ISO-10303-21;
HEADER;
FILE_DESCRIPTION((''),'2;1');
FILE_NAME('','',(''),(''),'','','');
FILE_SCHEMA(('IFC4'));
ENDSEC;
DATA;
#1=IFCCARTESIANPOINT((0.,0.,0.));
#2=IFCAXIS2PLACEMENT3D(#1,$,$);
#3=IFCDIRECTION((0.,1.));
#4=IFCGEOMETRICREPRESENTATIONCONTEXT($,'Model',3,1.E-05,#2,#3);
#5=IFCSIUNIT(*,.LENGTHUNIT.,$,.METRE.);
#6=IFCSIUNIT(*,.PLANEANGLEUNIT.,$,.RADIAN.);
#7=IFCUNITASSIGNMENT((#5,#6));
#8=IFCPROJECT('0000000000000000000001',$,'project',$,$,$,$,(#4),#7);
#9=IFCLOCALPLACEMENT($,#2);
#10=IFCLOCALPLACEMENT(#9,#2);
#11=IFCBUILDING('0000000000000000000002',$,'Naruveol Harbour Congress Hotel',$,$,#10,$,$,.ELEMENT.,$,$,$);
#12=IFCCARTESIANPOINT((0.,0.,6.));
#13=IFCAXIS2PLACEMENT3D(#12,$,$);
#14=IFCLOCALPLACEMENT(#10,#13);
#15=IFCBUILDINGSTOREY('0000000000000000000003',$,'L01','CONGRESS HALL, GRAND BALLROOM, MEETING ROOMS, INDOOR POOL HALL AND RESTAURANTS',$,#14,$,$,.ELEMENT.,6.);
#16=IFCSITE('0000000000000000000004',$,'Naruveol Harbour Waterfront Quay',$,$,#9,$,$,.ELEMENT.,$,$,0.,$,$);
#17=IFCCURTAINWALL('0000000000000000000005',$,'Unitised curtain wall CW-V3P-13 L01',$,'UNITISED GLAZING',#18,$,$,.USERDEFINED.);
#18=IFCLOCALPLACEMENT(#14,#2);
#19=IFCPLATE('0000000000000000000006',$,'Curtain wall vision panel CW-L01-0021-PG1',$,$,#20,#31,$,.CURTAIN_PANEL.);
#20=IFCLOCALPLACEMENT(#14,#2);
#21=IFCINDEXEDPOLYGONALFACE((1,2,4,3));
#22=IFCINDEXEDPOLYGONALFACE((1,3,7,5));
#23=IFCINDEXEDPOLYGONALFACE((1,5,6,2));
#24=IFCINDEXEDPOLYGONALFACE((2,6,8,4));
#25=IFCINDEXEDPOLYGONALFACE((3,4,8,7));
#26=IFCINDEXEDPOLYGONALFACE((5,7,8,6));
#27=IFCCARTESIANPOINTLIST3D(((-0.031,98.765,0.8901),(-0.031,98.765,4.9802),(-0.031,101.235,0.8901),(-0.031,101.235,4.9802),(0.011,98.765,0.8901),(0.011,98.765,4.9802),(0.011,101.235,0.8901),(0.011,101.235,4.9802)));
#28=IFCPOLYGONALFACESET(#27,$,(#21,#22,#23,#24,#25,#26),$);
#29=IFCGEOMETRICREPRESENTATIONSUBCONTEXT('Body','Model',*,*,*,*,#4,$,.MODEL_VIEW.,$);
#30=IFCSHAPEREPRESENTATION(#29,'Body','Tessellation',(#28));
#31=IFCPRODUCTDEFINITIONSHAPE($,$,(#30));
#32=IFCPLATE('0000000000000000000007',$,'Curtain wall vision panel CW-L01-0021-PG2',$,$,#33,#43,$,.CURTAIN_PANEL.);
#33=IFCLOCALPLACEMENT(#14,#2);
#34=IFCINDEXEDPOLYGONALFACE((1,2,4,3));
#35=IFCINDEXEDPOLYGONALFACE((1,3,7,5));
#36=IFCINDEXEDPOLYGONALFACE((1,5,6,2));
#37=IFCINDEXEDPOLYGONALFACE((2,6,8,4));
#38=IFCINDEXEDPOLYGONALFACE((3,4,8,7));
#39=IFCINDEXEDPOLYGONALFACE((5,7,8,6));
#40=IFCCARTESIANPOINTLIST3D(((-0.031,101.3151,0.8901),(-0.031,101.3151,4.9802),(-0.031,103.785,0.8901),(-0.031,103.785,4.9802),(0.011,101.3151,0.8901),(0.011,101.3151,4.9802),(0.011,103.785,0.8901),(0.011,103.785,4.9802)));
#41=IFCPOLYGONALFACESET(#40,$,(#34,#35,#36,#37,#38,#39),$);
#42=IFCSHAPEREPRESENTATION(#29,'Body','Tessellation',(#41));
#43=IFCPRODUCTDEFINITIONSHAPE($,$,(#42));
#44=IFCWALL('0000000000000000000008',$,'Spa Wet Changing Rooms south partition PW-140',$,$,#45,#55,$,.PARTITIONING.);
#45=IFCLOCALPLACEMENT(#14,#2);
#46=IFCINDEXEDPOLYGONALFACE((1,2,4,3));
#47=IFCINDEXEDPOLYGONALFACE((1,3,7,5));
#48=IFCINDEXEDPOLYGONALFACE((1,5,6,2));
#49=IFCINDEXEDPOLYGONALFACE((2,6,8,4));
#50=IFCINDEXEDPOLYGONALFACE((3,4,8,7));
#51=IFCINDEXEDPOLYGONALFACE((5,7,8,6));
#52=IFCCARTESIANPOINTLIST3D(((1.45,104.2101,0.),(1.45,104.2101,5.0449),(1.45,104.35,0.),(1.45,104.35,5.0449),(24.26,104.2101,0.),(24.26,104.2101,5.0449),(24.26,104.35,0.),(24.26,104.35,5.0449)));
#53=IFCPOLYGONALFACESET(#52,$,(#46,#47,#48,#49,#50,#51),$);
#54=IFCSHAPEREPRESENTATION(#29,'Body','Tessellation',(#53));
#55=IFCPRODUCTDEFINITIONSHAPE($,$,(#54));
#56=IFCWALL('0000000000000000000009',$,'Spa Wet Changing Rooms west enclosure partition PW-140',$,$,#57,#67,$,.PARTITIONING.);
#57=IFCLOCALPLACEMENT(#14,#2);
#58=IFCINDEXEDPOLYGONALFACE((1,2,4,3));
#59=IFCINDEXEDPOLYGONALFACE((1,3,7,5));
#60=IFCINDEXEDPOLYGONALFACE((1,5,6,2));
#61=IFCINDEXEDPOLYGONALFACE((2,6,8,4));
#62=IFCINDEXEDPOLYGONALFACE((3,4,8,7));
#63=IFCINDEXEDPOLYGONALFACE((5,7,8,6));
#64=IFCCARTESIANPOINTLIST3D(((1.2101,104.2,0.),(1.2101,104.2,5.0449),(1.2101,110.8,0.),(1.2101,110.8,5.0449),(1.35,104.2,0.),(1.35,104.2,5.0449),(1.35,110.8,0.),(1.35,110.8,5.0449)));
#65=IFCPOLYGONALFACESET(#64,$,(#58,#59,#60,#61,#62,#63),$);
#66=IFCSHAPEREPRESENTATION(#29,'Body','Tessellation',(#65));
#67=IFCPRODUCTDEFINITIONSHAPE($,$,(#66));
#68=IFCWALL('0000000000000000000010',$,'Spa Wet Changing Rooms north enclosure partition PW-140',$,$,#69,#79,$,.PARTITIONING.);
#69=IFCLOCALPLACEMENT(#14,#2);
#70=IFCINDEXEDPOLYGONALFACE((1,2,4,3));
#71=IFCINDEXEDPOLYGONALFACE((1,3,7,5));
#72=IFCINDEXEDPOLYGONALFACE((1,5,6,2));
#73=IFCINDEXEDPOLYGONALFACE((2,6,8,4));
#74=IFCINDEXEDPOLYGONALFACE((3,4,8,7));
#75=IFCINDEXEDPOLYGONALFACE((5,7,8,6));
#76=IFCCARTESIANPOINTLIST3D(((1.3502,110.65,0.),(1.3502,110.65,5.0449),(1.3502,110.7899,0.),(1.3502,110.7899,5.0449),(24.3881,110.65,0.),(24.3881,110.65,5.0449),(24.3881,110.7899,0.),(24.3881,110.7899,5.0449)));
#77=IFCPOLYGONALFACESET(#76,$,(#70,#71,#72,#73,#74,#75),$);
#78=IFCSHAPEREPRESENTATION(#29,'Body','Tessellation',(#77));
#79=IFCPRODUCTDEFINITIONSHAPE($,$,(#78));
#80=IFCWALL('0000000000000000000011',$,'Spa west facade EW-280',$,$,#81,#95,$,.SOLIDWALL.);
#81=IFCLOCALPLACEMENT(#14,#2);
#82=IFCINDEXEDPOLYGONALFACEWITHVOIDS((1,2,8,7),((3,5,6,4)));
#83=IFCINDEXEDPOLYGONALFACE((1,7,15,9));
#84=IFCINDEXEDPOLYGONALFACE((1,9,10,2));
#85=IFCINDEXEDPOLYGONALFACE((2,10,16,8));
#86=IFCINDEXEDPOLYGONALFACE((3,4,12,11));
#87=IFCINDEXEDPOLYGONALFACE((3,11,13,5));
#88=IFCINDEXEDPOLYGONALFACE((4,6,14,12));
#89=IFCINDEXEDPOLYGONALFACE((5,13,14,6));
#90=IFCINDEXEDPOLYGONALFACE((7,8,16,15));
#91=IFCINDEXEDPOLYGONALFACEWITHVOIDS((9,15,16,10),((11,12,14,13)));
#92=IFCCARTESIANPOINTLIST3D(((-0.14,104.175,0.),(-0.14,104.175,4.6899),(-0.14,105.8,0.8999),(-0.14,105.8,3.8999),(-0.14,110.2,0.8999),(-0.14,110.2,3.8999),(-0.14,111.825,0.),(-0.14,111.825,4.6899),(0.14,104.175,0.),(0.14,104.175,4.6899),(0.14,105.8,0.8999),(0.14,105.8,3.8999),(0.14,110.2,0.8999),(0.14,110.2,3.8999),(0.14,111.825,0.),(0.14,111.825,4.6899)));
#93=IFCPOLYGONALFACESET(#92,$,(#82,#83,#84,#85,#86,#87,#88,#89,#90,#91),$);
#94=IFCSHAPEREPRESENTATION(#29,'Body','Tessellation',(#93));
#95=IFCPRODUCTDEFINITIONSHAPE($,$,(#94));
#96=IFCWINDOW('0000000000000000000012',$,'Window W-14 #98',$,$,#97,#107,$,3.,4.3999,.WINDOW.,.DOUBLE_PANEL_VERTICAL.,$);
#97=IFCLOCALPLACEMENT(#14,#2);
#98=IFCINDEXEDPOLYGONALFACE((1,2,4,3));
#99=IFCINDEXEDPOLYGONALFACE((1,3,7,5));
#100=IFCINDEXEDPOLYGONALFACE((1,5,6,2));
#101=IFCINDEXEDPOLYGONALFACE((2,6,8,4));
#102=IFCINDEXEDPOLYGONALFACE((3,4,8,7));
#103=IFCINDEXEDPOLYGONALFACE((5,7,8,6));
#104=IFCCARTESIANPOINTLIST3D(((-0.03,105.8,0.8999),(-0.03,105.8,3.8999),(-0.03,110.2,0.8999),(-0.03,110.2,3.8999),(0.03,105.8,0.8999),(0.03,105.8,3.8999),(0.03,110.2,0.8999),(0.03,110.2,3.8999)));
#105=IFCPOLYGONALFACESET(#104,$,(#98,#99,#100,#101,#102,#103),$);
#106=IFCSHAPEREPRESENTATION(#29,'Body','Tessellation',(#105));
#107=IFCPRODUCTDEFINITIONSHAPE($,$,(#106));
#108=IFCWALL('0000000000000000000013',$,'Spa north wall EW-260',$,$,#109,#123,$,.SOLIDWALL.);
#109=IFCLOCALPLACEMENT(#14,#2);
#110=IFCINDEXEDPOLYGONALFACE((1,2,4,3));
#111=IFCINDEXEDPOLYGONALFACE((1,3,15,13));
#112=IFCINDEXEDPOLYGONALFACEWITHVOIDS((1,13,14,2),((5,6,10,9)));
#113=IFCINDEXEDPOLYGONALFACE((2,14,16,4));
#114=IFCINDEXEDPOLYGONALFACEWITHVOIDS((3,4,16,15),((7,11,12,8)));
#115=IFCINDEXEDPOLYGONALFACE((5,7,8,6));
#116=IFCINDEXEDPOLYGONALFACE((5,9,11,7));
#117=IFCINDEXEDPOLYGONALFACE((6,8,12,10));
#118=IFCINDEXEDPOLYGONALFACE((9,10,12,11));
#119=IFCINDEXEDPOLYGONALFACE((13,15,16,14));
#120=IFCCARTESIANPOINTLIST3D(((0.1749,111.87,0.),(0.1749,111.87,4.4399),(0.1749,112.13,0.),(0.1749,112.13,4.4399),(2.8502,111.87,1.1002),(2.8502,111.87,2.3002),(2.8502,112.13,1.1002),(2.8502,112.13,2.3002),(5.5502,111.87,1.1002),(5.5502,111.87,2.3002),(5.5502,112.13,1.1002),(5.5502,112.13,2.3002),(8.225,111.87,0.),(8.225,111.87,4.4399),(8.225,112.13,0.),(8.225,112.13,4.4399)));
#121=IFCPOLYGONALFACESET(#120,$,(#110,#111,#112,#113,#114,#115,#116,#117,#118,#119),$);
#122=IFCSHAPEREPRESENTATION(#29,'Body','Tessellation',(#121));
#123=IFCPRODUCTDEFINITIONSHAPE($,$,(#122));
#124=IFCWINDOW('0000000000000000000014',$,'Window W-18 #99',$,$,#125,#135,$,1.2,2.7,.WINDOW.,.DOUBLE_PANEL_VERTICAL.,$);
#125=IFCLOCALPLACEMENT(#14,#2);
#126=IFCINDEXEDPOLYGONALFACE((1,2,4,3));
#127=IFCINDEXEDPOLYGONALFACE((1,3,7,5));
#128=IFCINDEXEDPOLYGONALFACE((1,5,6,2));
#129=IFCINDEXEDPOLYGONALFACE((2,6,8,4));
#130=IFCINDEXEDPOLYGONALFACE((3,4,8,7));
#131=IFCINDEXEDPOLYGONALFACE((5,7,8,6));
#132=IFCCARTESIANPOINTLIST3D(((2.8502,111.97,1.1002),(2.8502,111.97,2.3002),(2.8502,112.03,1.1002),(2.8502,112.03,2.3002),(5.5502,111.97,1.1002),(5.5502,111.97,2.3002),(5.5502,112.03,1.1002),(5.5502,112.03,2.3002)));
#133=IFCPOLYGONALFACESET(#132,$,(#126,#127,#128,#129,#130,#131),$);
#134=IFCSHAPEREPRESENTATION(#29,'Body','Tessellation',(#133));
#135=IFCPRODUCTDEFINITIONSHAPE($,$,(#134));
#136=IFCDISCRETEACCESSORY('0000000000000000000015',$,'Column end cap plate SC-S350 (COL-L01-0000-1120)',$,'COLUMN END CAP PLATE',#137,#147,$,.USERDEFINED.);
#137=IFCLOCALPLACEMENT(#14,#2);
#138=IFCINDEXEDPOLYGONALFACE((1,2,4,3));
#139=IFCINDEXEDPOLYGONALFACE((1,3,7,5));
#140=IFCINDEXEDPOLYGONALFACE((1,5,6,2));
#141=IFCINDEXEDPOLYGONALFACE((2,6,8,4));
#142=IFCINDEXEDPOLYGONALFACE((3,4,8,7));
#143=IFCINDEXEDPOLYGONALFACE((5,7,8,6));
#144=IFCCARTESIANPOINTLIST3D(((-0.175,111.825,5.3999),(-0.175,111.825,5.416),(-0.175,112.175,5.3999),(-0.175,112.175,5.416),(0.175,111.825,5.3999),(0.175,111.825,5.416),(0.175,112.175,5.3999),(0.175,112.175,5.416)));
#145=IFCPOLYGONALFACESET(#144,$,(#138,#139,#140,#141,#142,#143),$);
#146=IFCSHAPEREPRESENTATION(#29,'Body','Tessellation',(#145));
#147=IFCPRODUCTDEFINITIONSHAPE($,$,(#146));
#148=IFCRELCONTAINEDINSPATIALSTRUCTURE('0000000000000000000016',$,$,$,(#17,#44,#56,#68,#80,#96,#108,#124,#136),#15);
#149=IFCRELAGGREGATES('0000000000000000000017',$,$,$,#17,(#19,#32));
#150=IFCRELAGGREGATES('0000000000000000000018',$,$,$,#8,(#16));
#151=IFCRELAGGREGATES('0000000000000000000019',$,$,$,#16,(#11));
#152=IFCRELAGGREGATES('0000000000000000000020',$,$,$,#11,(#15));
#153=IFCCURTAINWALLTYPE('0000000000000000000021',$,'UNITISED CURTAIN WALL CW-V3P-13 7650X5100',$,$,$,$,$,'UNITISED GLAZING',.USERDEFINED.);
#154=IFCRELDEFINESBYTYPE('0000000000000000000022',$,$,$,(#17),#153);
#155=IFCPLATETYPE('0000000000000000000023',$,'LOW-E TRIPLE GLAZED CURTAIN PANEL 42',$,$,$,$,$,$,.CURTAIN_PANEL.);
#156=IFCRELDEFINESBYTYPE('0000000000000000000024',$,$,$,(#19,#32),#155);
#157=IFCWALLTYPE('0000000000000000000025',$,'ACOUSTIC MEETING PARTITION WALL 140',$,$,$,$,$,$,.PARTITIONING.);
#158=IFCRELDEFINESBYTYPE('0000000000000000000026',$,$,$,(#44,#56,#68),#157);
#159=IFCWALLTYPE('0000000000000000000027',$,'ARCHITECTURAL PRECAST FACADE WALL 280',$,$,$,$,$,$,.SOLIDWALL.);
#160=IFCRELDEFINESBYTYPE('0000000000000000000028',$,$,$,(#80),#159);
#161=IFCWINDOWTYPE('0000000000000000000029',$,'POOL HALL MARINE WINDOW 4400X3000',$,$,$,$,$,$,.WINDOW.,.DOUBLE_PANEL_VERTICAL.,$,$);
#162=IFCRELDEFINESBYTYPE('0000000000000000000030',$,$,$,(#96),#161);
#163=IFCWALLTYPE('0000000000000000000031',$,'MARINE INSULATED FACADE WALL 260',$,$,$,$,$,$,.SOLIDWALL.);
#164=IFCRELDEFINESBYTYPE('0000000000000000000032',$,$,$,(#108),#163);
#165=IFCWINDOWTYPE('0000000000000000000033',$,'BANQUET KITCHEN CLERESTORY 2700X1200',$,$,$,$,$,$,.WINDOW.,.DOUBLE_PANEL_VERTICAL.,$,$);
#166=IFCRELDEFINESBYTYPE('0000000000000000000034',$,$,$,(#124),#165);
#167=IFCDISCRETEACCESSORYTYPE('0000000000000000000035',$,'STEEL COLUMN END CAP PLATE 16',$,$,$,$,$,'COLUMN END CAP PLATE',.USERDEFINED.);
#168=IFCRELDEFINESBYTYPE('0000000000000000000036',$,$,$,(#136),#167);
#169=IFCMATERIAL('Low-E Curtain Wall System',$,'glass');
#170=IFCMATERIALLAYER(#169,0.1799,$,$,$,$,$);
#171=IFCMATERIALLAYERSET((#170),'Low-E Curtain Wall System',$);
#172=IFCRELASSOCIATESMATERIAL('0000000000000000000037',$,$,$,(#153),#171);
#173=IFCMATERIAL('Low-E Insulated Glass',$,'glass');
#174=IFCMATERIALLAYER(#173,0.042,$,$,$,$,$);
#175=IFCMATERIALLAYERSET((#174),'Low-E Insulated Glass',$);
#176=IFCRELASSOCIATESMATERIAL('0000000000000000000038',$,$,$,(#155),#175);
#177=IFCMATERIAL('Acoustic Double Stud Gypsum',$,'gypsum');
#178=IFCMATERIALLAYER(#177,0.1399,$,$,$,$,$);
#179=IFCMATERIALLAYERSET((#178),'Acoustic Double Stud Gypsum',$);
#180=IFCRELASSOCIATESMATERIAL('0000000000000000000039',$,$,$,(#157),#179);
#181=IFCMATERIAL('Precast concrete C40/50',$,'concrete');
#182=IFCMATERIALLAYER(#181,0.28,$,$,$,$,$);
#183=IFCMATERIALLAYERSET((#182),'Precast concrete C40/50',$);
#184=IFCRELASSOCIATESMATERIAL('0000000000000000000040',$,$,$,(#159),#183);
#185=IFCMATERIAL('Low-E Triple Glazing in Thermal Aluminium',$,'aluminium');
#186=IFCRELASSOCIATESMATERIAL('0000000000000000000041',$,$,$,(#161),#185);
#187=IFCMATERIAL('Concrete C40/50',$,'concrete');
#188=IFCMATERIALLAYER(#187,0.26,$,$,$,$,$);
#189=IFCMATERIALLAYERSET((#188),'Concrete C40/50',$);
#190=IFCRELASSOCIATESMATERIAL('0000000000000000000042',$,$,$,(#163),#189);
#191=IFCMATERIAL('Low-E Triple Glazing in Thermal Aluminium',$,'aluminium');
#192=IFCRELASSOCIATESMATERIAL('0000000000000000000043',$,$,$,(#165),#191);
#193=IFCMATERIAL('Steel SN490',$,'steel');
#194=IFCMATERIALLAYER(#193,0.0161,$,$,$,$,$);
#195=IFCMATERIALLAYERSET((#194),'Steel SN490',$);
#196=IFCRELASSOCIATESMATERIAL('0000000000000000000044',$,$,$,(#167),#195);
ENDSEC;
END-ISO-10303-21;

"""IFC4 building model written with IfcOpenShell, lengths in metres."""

from ifc_helpers import new_model, si_unit, direction, frame, frame_2d, origin, origin_2d, place, context, subcontext, project, spatial, rectangle, extrude, material, layer, layer_set, type_object, element, fill, aggregate, save


model = new_model("IFC4")

# Units and contexts
model_context = context("Model", 3, precision=1e-05, world=origin(), true_north=direction((0.0, 1.0)))
body_context = subcontext(model_context, "Body", "Model", "MODEL_VIEW")
ifc_project = project(units=[si_unit("LENGTHUNIT", "METRE"), si_unit("PLANEANGLEUNIT", "RADIAN")], contexts=[model_context])

# Site, building, storey
site_placement = place(None, origin())
site = spatial("IfcSite", under=ifc_project, at=site_placement, Name="Naruveol Harbour Waterfront Quay", CompositionType="ELEMENT", RefElevation=0.0)
building_placement = place(site_placement, origin())
building = spatial("IfcBuilding", under=site, at=building_placement, Name="Naruveol Harbour Congress Hotel", CompositionType="ELEMENT")
storey_placement = place(building_placement, frame((0.0, 0.0, 6.0)))
storey = spatial("IfcBuildingStorey", under=building, at=storey_placement, Name="L01", Description="CONGRESS HALL, GRAND BALLROOM, MEETING ROOMS, INDOOR POOL HALL AND RESTAURANTS", CompositionType="ELEMENT", Elevation=6.0)

# Shared definitions
ifc_material_1 = material(Name="Low-E Curtain Wall System", Category="glass")
ifc_layer_1 = layer(ifc_material_1, 0.1799)
ifc_layer_set_1 = layer_set([ifc_layer_1], Name="Low-E Curtain Wall System")
curtain_wall_type = type_object("IfcCurtainWallType", Name="UNITISED CURTAIN WALL CW-V3P-13 7650X5100", ElementType="UNITISED GLAZING", PredefinedType="USERDEFINED", material=ifc_layer_set_1)

# Curtain wall
curtain_wall_1_placement = place(storey_placement, origin())
curtain_wall_1 = element("IfcCurtainWall", 1, at=curtain_wall_1_placement, inside=storey, type_object=curtain_wall_type, Name="Unitised curtain wall CW-V3P-13 L01", ObjectType="UNITISED GLAZING", PredefinedType="USERDEFINED")

# Plates
ifc_material_2 = material(Name="Low-E Insulated Glass", Category="glass")
ifc_layer_2 = layer(ifc_material_2, 0.042)
ifc_layer_set_2 = layer_set([ifc_layer_2], Name="Low-E Insulated Glass")
plate_type_1 = type_object("IfcPlateType", Name="LOW-E TRIPLE GLAZED CURTAIN PANEL 42", PredefinedType="CURTAIN_PANEL", material=ifc_layer_set_2)
plate_1_placement = place(storey_placement, frame((-0.01, 100.0, 0.8901), z_axis=(0.0, 0.0, 1.0), x_axis=(0.0, 1.0, 0.0)))
plate_1 = element("IfcPlate", 2, at=plate_1_placement, type_object=plate_type_1, Name="Curtain wall vision panel CW-L01-0021-PG1", PredefinedType="CURTAIN_PANEL", context=body_context, shape_type="SweptSolid", body=[
    extrude(rectangle(XDim=2.47, YDim=0.042, at=origin_2d()), origin(), (0.0, 0.0, 1.0), 4.0901),
])
plate_2_placement = place(storey_placement, frame((-0.01, 102.55, 0.8901), z_axis=(0.0, 0.0, 1.0), x_axis=(0.0, 1.0, 0.0)))
plate_2 = element("IfcPlate", 3, at=plate_2_placement, type_object=plate_type_1, Name="Curtain wall vision panel CW-L01-0021-PG2", PredefinedType="CURTAIN_PANEL", context=body_context, shape_type="SweptSolid", body=[
    extrude(rectangle(XDim=2.47, YDim=0.042, at=origin_2d()), origin(), (0.0, 0.0, 1.0), 4.0901),
])
aggregate(curtain_wall_1, [plate_1, plate_2])

# Walls
ifc_material_3 = material(Name="Acoustic Double Stud Gypsum", Category="gypsum")
ifc_layer_3 = layer(ifc_material_3, 0.1399)
ifc_layer_set_3 = layer_set([ifc_layer_3], Name="Acoustic Double Stud Gypsum")
wall_type_1 = type_object("IfcWallType", Name="ACOUSTIC MEETING PARTITION WALL 140", PredefinedType="PARTITIONING", material=ifc_layer_set_3)
wall_1_placement = place(storey_placement, frame((1.45, 104.28, 0.0), z_axis=(0.0, 0.0, 1.0), x_axis=(1.0, 0.0, 0.0)))
element("IfcWall", 4, at=wall_1_placement, inside=storey, type_object=wall_type_1, Name="Spa Wet Changing Rooms south partition PW-140", PredefinedType="PARTITIONING", context=body_context, shape_type="SweptSolid", body=[
    extrude(rectangle(XDim=22.8101, YDim=0.1399, at=frame_2d((11.405, 0.0))), origin(), (0.0, 0.0, 1.0), 5.0449),
])
wall_2_placement = place(storey_placement, frame((1.28, 104.2, 0.0), z_axis=(0.0, 0.0, 1.0), x_axis=(0.0, 1.0, 0.0)))
element("IfcWall", 5, at=wall_2_placement, inside=storey, type_object=wall_type_1, Name="Spa Wet Changing Rooms west enclosure partition PW-140", PredefinedType="PARTITIONING", context=body_context, shape_type="SweptSolid", body=[
    extrude(rectangle(XDim=6.6001, YDim=0.1399, at=frame_2d((3.3, 0.0))), origin(), (0.0, 0.0, 1.0), 5.0449),
])
wall_3_placement = place(storey_placement, frame((1.3501, 110.72, 0.0), z_axis=(0.0, 0.0, 1.0), x_axis=(1.0, 0.0, 0.0)))
element("IfcWall", 6, at=wall_3_placement, inside=storey, type_object=wall_type_1, Name="Spa Wet Changing Rooms north enclosure partition PW-140", PredefinedType="PARTITIONING", context=body_context, shape_type="SweptSolid", body=[
    extrude(rectangle(XDim=23.0378, YDim=0.1399, at=frame_2d((11.519, 0.0))), origin(), (0.0, 0.0, 1.0), 5.0449),
])

# Walls, openings, windows
ifc_material_4 = material(Name="Precast concrete C40/50", Category="concrete")
ifc_layer_4 = layer(ifc_material_4, 0.28)
ifc_layer_set_4 = layer_set([ifc_layer_4], Name="Precast concrete C40/50")
wall_type_2 = type_object("IfcWallType", Name="ARCHITECTURAL PRECAST FACADE WALL 280", PredefinedType="SOLIDWALL", material=ifc_layer_set_4)
wall_4_placement = place(storey_placement, frame((0.0, 104.175, 0.0), z_axis=(0.0, 0.0, 1.0), x_axis=(0.0, 1.0, 0.0)))
wall_4 = element("IfcWall", 7, at=wall_4_placement, inside=storey, type_object=wall_type_2, Name="Spa west facade EW-280", PredefinedType="SOLIDWALL", context=body_context, shape_type="SweptSolid", body=[
    extrude(rectangle(XDim=7.6499, YDim=0.28, at=frame_2d((3.825, 0.0))), origin(), (0.0, 0.0, 1.0), 4.6899),
])
opening_1_placement = place(wall_4_placement, frame((1.625, 0.0, 0.8999)))
opening_1 = element("IfcOpeningElement", 8, at=opening_1_placement, cuts=wall_4, PredefinedType="OPENING", context=body_context, shape_type="SweptSolid", body=[
    extrude(rectangle(XDim=4.3999, YDim=3.0, at=frame_2d((2.2, 1.5))), frame((0.0, 0.1499, 0.0), z_axis=(0.0, -1.0, 0.0), x_axis=(1.0, 0.0, 0.0)), (0.0, 0.0, 1.0), 0.3),
])
ifc_material_5 = material(Name="Low-E Triple Glazing in Thermal Aluminium", Category="aluminium")
window_type_1 = type_object("IfcWindowType", Name="POOL HALL MARINE WINDOW 4400X3000", PartitioningType="DOUBLE_PANEL_VERTICAL", PredefinedType="WINDOW", material=ifc_material_5)
window_1_placement = place(opening_1_placement, origin())
window_1 = element("IfcWindow", 9, at=window_1_placement, inside=storey, type_object=window_type_1, Name="Window W-14 #98", OverallHeight=3.0, OverallWidth=4.3999, PartitioningType="DOUBLE_PANEL_VERTICAL", PredefinedType="WINDOW", context=body_context, shape_type="SweptSolid", body=[
    extrude(rectangle(XDim=4.3999, YDim=3.0, at=frame_2d((2.2, 1.5))), frame((0.0, 0.03, 0.0), z_axis=(0.0, -1.0, 0.0), x_axis=(1.0, 0.0, 0.0)), (0.0, 0.0, 1.0), 0.0601),
])
fill(opening_1, window_1)
ifc_material_6 = material(Name="Concrete C40/50", Category="concrete")
ifc_layer_5 = layer(ifc_material_6, 0.26)
ifc_layer_set_5 = layer_set([ifc_layer_5], Name="Concrete C40/50")
wall_type_3 = type_object("IfcWallType", Name="MARINE INSULATED FACADE WALL 260", PredefinedType="SOLIDWALL", material=ifc_layer_set_5)
wall_5_placement = place(storey_placement, frame((0.175, 112.0, 0.0), z_axis=(0.0, 0.0, 1.0), x_axis=(1.0, 0.0, 0.0)))
wall_5 = element("IfcWall", 10, at=wall_5_placement, inside=storey, type_object=wall_type_3, Name="Spa north wall EW-260", PredefinedType="SOLIDWALL", context=body_context, shape_type="SweptSolid", body=[
    extrude(rectangle(XDim=8.05, YDim=0.26, at=frame_2d((4.0249, 0.0))), origin(), (0.0, 0.0, 1.0), 4.4399),
])
opening_2_placement = place(wall_5_placement, frame((2.675, 0.0, 1.1001)))
opening_2 = element("IfcOpeningElement", 11, at=opening_2_placement, cuts=wall_5, PredefinedType="OPENING", context=body_context, shape_type="SweptSolid", body=[
    extrude(rectangle(XDim=2.7, YDim=1.2, at=frame_2d((1.3501, 0.6001))), frame((0.0, 0.1399, 0.0), z_axis=(0.0, -1.0, 0.0), x_axis=(1.0, 0.0, 0.0)), (0.0, 0.0, 1.0), 0.28),
])
ifc_material_7 = material(Name="Low-E Triple Glazing in Thermal Aluminium", Category="aluminium")
window_type_2 = type_object("IfcWindowType", Name="BANQUET KITCHEN CLERESTORY 2700X1200", PartitioningType="DOUBLE_PANEL_VERTICAL", PredefinedType="WINDOW", material=ifc_material_7)
window_2_placement = place(opening_2_placement, origin())
window_2 = element("IfcWindow", 12, at=window_2_placement, inside=storey, type_object=window_type_2, Name="Window W-18 #99", OverallHeight=1.2, OverallWidth=2.7, PartitioningType="DOUBLE_PANEL_VERTICAL", PredefinedType="WINDOW", context=body_context, shape_type="SweptSolid", body=[
    extrude(rectangle(XDim=2.7, YDim=1.2, at=frame_2d((1.3501, 0.6001))), frame((0.0, 0.03, 0.0), z_axis=(0.0, -1.0, 0.0), x_axis=(1.0, 0.0, 0.0)), (0.0, 0.0, 1.0), 0.0601),
])
fill(opening_2, window_2)

# Discrete accessory
ifc_material_8 = material(Name="Steel SN490", Category="steel")
ifc_layer_6 = layer(ifc_material_8, 0.0161)
ifc_layer_set_6 = layer_set([ifc_layer_6], Name="Steel SN490")
discrete_accessory_type = type_object("IfcDiscreteAccessoryType", Name="STEEL COLUMN END CAP PLATE 16", ElementType="COLUMN END CAP PLATE", PredefinedType="USERDEFINED", material=ifc_layer_set_6)
discrete_accessory_placement = place(storey_placement, frame((0.0, 112.0, 5.3999), z_axis=(0.0, 0.0, 1.0), x_axis=(1.0, 0.0, 0.0)))
element("IfcDiscreteAccessory", 13, at=discrete_accessory_placement, inside=storey, type_object=discrete_accessory_type, Name="Column end cap plate SC-S350 (COL-L01-0000-1120)", ObjectType="COLUMN END CAP PLATE", PredefinedType="USERDEFINED", context=body_context, shape_type="SweptSolid", body=[
    extrude(rectangle(XDim=0.3501, YDim=0.3501, at=origin_2d()), origin(), (0.0, 0.0, 1.0), 0.0161),
])

save(model, "model.ifc")
